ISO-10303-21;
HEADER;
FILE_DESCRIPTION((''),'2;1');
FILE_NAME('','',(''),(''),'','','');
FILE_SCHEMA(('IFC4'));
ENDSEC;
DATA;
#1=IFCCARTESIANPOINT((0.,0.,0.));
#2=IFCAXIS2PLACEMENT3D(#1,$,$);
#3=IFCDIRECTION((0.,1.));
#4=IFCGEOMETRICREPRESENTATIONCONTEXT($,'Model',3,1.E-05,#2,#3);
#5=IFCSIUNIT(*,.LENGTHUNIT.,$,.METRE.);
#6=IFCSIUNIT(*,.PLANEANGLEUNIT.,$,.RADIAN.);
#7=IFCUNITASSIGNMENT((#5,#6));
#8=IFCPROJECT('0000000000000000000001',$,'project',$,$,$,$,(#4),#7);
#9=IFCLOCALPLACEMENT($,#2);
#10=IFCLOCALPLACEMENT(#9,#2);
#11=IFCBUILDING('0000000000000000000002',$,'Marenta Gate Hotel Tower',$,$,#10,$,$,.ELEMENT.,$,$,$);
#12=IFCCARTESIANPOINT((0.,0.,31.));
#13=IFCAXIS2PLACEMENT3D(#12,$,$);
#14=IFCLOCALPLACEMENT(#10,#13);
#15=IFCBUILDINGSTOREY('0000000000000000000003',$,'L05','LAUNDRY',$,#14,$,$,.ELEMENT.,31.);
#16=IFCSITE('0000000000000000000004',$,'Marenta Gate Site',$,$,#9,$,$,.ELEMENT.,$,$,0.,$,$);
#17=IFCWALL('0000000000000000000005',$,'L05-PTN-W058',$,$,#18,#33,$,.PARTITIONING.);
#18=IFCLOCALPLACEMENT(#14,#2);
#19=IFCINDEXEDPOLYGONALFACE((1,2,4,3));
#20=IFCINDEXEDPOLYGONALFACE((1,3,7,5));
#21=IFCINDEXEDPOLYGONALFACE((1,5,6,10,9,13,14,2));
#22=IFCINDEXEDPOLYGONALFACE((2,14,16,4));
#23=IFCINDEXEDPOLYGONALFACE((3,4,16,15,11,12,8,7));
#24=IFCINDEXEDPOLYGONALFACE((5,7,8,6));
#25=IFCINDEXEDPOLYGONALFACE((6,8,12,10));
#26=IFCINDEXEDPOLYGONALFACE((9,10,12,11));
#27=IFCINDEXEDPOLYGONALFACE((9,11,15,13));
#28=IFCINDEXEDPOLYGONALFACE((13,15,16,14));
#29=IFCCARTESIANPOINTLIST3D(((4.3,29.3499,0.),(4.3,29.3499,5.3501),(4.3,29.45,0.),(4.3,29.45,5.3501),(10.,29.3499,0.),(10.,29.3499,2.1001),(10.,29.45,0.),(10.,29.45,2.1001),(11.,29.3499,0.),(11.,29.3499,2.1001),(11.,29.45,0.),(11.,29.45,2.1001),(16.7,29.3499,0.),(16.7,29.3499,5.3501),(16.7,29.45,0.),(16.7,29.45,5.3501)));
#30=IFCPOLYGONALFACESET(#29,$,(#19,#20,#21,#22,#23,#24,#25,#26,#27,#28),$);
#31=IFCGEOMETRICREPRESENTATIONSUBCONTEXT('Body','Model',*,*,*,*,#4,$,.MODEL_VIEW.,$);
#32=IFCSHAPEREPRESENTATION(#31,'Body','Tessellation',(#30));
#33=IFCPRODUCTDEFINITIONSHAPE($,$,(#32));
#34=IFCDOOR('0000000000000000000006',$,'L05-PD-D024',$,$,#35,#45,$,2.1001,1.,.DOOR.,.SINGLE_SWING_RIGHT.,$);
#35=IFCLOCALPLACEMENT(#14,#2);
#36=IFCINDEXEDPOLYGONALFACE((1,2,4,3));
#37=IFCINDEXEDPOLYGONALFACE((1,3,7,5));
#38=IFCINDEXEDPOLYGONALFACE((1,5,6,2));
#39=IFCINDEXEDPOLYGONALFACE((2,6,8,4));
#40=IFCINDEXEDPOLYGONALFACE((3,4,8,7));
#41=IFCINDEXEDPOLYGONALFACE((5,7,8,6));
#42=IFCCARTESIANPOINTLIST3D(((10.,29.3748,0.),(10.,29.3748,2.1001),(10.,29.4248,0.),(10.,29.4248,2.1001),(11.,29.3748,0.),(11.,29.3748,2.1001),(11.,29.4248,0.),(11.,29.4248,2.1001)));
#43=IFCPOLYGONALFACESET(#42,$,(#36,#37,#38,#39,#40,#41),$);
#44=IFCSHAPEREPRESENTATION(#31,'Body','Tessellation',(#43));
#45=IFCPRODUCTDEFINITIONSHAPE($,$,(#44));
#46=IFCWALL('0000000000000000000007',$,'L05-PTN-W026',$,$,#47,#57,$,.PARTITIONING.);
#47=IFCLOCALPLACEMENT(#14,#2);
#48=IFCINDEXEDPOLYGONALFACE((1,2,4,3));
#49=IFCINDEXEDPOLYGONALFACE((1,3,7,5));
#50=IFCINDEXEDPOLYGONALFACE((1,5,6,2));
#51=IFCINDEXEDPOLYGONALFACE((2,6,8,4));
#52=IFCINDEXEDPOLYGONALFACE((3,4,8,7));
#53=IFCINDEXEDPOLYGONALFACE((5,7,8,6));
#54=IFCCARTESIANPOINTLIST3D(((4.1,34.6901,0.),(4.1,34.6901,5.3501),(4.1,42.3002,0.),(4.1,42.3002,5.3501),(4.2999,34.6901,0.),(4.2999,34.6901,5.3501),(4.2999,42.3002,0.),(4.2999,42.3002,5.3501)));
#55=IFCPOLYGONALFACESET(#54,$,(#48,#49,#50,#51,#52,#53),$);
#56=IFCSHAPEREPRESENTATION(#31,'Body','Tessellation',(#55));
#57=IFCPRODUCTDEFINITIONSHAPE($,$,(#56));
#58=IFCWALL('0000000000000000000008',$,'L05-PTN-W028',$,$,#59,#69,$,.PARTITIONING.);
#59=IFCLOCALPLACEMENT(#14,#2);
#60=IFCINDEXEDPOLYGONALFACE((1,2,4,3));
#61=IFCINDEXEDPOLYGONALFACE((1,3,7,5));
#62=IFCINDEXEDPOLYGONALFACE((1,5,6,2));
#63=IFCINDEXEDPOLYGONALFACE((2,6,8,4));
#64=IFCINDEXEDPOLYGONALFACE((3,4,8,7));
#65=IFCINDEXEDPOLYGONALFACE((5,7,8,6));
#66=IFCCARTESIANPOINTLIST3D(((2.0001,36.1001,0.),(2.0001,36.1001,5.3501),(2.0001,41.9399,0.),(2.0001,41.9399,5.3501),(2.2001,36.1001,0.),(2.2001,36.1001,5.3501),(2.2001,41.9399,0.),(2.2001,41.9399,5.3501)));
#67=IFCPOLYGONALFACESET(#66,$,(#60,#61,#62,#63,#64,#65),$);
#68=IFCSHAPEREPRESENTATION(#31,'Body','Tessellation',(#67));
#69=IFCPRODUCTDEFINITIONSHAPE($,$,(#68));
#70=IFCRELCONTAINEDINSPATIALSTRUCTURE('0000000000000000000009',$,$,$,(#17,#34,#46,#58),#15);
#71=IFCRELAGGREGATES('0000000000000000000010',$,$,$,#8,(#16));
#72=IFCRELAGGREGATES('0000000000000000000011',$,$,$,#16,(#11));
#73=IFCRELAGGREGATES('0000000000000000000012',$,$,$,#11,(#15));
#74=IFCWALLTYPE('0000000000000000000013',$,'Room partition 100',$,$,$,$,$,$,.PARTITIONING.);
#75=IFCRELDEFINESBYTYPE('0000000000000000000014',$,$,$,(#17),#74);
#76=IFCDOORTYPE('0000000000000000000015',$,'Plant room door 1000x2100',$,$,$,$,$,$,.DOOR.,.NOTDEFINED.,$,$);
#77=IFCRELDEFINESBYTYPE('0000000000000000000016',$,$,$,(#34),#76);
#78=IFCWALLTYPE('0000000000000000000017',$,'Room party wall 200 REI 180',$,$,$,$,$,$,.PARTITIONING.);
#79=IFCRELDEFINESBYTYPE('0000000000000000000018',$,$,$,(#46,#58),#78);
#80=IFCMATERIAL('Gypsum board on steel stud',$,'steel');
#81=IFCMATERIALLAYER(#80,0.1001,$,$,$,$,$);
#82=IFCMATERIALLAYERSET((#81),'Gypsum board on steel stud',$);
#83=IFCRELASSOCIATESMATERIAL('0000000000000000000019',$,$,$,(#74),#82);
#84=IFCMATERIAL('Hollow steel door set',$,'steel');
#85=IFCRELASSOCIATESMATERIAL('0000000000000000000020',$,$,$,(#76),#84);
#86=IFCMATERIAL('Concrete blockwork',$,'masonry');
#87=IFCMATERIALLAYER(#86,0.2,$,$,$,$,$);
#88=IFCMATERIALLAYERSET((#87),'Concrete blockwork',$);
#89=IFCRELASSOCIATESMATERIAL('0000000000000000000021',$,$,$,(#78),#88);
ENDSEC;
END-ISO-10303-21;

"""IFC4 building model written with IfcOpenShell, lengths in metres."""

from ifc_helpers import new_model, si_unit, direction, frame, frame_2d, origin, place, context, subcontext, project, spatial, rectangle, extrude, material, layer, layer_set, type_object, element, fill, save


model = new_model("IFC4")

# Units and contexts
model_context = context("Model", 3, precision=1e-05, world=origin(), true_north=direction((0.0, 1.0)))
body_context = subcontext(model_context, "Body", "Model", "MODEL_VIEW")
ifc_project = project(units=[si_unit("LENGTHUNIT", "METRE"), si_unit("PLANEANGLEUNIT", "RADIAN")], contexts=[model_context])

# Site, building, storey
site_placement = place(None, origin())
site = spatial("IfcSite", under=ifc_project, at=site_placement, Name="Marenta Gate Site", CompositionType="ELEMENT", RefElevation=0.0)
building_placement = place(site_placement, origin())
building = spatial("IfcBuilding", under=site, at=building_placement, Name="Marenta Gate Hotel Tower", CompositionType="ELEMENT")
storey_placement = place(building_placement, frame((0.0, 0.0, 31.0)))
storey = spatial("IfcBuildingStorey", under=building, at=storey_placement, Name="L05", Description="LAUNDRY", CompositionType="ELEMENT", Elevation=31.0)

# Wall, opening, door
ifc_material_1 = material(Name="Gypsum board on steel stud", Category="steel")
ifc_layer_1 = layer(ifc_material_1, 0.1001)
ifc_layer_set_1 = layer_set([ifc_layer_1], Name="Gypsum board on steel stud")
wall_type_1 = type_object("IfcWallType", Name="Room partition 100", PredefinedType="PARTITIONING", material=ifc_layer_set_1)
wall_1_placement = place(storey_placement, frame((4.3, 29.3999, 0.0), z_axis=(0.0, 0.0, 1.0), x_axis=(1.0, 0.0, 0.0)))
wall_1 = element("IfcWall", 1, at=wall_1_placement, inside=storey, type_object=wall_type_1, Name="L05-PTN-W058", PredefinedType="PARTITIONING", context=body_context, shape_type="SweptSolid", body=[
    extrude(rectangle(XDim=12.3999, YDim=0.1001, at=frame_2d((6.2, 0.0))), origin(), (0.0, 0.0, 1.0), 5.3501),
])
opening_placement = place(wall_1_placement, frame((5.7, 0.0, 0.0)))
opening = element("IfcOpeningElement", 2, at=opening_placement, cuts=wall_1, PredefinedType="OPENING", context=body_context, shape_type="SweptSolid", body=[
    extrude(rectangle(XDim=1.0, YDim=2.1001, at=frame_2d((0.5, 1.05))), frame((0.0, 0.05, 0.0), z_axis=(0.0, -1.0, 0.0), x_axis=(1.0, 0.0, 0.0)), (0.0, 0.0, 1.0), 0.1001),
])
ifc_material_2 = material(Name="Hollow steel door set", Category="steel")
door_type = type_object("IfcDoorType", Name="Plant room door 1000x2100", OperationType="NOTDEFINED", PredefinedType="DOOR", material=ifc_material_2)
door_placement = place(opening_placement, origin())
door = element("IfcDoor", 3, at=door_placement, inside=storey, type_object=door_type, Name="L05-PD-D024", OperationType="SINGLE_SWING_RIGHT", OverallHeight=2.1001, OverallWidth=1.0, PredefinedType="DOOR", context=body_context, shape_type="SweptSolid", body=[
    extrude(rectangle(XDim=1.0, YDim=2.1001, at=frame_2d((0.5, 1.05))), frame((0.0, 0.0249, 0.0), z_axis=(0.0, -1.0, 0.0), x_axis=(1.0, 0.0, 0.0)), (0.0, 0.0, 1.0), 0.05),
])
fill(opening, door)

# Walls
ifc_material_3 = material(Name="Concrete blockwork", Category="masonry")
ifc_layer_2 = layer(ifc_material_3, 0.2)
ifc_layer_set_2 = layer_set([ifc_layer_2], Name="Concrete blockwork")
wall_type_2 = type_object("IfcWallType", Name="Room party wall 200 REI 180", PredefinedType="PARTITIONING", material=ifc_layer_set_2)
wall_2_placement = place(storey_placement, frame((4.2, 34.6899, 0.0), z_axis=(0.0, 0.0, 1.0), x_axis=(0.0, 1.0, 0.0)))
element("IfcWall", 4, at=wall_2_placement, inside=storey, type_object=wall_type_2, Name="L05-PTN-W026", PredefinedType="PARTITIONING", context=body_context, shape_type="SweptSolid", body=[
    extrude(rectangle(XDim=7.6101, YDim=0.2, at=frame_2d((3.8052, 0.0))), origin(), (0.0, 0.0, 1.0), 5.3501),
])
wall_3_placement = place(storey_placement, frame((2.1001, 36.1001, 0.0), z_axis=(0.0, 0.0, 1.0), x_axis=(0.0, 1.0, 0.0)))
element("IfcWall", 5, at=wall_3_placement, inside=storey, type_object=wall_type_2, Name="L05-PTN-W028", PredefinedType="PARTITIONING", context=body_context, shape_type="SweptSolid", body=[
    extrude(rectangle(XDim=5.8398, YDim=0.2, at=frame_2d((2.9199, 0.0))), origin(), (0.0, 0.0, 1.0), 5.3501),
])

save(model, "model.ifc")
